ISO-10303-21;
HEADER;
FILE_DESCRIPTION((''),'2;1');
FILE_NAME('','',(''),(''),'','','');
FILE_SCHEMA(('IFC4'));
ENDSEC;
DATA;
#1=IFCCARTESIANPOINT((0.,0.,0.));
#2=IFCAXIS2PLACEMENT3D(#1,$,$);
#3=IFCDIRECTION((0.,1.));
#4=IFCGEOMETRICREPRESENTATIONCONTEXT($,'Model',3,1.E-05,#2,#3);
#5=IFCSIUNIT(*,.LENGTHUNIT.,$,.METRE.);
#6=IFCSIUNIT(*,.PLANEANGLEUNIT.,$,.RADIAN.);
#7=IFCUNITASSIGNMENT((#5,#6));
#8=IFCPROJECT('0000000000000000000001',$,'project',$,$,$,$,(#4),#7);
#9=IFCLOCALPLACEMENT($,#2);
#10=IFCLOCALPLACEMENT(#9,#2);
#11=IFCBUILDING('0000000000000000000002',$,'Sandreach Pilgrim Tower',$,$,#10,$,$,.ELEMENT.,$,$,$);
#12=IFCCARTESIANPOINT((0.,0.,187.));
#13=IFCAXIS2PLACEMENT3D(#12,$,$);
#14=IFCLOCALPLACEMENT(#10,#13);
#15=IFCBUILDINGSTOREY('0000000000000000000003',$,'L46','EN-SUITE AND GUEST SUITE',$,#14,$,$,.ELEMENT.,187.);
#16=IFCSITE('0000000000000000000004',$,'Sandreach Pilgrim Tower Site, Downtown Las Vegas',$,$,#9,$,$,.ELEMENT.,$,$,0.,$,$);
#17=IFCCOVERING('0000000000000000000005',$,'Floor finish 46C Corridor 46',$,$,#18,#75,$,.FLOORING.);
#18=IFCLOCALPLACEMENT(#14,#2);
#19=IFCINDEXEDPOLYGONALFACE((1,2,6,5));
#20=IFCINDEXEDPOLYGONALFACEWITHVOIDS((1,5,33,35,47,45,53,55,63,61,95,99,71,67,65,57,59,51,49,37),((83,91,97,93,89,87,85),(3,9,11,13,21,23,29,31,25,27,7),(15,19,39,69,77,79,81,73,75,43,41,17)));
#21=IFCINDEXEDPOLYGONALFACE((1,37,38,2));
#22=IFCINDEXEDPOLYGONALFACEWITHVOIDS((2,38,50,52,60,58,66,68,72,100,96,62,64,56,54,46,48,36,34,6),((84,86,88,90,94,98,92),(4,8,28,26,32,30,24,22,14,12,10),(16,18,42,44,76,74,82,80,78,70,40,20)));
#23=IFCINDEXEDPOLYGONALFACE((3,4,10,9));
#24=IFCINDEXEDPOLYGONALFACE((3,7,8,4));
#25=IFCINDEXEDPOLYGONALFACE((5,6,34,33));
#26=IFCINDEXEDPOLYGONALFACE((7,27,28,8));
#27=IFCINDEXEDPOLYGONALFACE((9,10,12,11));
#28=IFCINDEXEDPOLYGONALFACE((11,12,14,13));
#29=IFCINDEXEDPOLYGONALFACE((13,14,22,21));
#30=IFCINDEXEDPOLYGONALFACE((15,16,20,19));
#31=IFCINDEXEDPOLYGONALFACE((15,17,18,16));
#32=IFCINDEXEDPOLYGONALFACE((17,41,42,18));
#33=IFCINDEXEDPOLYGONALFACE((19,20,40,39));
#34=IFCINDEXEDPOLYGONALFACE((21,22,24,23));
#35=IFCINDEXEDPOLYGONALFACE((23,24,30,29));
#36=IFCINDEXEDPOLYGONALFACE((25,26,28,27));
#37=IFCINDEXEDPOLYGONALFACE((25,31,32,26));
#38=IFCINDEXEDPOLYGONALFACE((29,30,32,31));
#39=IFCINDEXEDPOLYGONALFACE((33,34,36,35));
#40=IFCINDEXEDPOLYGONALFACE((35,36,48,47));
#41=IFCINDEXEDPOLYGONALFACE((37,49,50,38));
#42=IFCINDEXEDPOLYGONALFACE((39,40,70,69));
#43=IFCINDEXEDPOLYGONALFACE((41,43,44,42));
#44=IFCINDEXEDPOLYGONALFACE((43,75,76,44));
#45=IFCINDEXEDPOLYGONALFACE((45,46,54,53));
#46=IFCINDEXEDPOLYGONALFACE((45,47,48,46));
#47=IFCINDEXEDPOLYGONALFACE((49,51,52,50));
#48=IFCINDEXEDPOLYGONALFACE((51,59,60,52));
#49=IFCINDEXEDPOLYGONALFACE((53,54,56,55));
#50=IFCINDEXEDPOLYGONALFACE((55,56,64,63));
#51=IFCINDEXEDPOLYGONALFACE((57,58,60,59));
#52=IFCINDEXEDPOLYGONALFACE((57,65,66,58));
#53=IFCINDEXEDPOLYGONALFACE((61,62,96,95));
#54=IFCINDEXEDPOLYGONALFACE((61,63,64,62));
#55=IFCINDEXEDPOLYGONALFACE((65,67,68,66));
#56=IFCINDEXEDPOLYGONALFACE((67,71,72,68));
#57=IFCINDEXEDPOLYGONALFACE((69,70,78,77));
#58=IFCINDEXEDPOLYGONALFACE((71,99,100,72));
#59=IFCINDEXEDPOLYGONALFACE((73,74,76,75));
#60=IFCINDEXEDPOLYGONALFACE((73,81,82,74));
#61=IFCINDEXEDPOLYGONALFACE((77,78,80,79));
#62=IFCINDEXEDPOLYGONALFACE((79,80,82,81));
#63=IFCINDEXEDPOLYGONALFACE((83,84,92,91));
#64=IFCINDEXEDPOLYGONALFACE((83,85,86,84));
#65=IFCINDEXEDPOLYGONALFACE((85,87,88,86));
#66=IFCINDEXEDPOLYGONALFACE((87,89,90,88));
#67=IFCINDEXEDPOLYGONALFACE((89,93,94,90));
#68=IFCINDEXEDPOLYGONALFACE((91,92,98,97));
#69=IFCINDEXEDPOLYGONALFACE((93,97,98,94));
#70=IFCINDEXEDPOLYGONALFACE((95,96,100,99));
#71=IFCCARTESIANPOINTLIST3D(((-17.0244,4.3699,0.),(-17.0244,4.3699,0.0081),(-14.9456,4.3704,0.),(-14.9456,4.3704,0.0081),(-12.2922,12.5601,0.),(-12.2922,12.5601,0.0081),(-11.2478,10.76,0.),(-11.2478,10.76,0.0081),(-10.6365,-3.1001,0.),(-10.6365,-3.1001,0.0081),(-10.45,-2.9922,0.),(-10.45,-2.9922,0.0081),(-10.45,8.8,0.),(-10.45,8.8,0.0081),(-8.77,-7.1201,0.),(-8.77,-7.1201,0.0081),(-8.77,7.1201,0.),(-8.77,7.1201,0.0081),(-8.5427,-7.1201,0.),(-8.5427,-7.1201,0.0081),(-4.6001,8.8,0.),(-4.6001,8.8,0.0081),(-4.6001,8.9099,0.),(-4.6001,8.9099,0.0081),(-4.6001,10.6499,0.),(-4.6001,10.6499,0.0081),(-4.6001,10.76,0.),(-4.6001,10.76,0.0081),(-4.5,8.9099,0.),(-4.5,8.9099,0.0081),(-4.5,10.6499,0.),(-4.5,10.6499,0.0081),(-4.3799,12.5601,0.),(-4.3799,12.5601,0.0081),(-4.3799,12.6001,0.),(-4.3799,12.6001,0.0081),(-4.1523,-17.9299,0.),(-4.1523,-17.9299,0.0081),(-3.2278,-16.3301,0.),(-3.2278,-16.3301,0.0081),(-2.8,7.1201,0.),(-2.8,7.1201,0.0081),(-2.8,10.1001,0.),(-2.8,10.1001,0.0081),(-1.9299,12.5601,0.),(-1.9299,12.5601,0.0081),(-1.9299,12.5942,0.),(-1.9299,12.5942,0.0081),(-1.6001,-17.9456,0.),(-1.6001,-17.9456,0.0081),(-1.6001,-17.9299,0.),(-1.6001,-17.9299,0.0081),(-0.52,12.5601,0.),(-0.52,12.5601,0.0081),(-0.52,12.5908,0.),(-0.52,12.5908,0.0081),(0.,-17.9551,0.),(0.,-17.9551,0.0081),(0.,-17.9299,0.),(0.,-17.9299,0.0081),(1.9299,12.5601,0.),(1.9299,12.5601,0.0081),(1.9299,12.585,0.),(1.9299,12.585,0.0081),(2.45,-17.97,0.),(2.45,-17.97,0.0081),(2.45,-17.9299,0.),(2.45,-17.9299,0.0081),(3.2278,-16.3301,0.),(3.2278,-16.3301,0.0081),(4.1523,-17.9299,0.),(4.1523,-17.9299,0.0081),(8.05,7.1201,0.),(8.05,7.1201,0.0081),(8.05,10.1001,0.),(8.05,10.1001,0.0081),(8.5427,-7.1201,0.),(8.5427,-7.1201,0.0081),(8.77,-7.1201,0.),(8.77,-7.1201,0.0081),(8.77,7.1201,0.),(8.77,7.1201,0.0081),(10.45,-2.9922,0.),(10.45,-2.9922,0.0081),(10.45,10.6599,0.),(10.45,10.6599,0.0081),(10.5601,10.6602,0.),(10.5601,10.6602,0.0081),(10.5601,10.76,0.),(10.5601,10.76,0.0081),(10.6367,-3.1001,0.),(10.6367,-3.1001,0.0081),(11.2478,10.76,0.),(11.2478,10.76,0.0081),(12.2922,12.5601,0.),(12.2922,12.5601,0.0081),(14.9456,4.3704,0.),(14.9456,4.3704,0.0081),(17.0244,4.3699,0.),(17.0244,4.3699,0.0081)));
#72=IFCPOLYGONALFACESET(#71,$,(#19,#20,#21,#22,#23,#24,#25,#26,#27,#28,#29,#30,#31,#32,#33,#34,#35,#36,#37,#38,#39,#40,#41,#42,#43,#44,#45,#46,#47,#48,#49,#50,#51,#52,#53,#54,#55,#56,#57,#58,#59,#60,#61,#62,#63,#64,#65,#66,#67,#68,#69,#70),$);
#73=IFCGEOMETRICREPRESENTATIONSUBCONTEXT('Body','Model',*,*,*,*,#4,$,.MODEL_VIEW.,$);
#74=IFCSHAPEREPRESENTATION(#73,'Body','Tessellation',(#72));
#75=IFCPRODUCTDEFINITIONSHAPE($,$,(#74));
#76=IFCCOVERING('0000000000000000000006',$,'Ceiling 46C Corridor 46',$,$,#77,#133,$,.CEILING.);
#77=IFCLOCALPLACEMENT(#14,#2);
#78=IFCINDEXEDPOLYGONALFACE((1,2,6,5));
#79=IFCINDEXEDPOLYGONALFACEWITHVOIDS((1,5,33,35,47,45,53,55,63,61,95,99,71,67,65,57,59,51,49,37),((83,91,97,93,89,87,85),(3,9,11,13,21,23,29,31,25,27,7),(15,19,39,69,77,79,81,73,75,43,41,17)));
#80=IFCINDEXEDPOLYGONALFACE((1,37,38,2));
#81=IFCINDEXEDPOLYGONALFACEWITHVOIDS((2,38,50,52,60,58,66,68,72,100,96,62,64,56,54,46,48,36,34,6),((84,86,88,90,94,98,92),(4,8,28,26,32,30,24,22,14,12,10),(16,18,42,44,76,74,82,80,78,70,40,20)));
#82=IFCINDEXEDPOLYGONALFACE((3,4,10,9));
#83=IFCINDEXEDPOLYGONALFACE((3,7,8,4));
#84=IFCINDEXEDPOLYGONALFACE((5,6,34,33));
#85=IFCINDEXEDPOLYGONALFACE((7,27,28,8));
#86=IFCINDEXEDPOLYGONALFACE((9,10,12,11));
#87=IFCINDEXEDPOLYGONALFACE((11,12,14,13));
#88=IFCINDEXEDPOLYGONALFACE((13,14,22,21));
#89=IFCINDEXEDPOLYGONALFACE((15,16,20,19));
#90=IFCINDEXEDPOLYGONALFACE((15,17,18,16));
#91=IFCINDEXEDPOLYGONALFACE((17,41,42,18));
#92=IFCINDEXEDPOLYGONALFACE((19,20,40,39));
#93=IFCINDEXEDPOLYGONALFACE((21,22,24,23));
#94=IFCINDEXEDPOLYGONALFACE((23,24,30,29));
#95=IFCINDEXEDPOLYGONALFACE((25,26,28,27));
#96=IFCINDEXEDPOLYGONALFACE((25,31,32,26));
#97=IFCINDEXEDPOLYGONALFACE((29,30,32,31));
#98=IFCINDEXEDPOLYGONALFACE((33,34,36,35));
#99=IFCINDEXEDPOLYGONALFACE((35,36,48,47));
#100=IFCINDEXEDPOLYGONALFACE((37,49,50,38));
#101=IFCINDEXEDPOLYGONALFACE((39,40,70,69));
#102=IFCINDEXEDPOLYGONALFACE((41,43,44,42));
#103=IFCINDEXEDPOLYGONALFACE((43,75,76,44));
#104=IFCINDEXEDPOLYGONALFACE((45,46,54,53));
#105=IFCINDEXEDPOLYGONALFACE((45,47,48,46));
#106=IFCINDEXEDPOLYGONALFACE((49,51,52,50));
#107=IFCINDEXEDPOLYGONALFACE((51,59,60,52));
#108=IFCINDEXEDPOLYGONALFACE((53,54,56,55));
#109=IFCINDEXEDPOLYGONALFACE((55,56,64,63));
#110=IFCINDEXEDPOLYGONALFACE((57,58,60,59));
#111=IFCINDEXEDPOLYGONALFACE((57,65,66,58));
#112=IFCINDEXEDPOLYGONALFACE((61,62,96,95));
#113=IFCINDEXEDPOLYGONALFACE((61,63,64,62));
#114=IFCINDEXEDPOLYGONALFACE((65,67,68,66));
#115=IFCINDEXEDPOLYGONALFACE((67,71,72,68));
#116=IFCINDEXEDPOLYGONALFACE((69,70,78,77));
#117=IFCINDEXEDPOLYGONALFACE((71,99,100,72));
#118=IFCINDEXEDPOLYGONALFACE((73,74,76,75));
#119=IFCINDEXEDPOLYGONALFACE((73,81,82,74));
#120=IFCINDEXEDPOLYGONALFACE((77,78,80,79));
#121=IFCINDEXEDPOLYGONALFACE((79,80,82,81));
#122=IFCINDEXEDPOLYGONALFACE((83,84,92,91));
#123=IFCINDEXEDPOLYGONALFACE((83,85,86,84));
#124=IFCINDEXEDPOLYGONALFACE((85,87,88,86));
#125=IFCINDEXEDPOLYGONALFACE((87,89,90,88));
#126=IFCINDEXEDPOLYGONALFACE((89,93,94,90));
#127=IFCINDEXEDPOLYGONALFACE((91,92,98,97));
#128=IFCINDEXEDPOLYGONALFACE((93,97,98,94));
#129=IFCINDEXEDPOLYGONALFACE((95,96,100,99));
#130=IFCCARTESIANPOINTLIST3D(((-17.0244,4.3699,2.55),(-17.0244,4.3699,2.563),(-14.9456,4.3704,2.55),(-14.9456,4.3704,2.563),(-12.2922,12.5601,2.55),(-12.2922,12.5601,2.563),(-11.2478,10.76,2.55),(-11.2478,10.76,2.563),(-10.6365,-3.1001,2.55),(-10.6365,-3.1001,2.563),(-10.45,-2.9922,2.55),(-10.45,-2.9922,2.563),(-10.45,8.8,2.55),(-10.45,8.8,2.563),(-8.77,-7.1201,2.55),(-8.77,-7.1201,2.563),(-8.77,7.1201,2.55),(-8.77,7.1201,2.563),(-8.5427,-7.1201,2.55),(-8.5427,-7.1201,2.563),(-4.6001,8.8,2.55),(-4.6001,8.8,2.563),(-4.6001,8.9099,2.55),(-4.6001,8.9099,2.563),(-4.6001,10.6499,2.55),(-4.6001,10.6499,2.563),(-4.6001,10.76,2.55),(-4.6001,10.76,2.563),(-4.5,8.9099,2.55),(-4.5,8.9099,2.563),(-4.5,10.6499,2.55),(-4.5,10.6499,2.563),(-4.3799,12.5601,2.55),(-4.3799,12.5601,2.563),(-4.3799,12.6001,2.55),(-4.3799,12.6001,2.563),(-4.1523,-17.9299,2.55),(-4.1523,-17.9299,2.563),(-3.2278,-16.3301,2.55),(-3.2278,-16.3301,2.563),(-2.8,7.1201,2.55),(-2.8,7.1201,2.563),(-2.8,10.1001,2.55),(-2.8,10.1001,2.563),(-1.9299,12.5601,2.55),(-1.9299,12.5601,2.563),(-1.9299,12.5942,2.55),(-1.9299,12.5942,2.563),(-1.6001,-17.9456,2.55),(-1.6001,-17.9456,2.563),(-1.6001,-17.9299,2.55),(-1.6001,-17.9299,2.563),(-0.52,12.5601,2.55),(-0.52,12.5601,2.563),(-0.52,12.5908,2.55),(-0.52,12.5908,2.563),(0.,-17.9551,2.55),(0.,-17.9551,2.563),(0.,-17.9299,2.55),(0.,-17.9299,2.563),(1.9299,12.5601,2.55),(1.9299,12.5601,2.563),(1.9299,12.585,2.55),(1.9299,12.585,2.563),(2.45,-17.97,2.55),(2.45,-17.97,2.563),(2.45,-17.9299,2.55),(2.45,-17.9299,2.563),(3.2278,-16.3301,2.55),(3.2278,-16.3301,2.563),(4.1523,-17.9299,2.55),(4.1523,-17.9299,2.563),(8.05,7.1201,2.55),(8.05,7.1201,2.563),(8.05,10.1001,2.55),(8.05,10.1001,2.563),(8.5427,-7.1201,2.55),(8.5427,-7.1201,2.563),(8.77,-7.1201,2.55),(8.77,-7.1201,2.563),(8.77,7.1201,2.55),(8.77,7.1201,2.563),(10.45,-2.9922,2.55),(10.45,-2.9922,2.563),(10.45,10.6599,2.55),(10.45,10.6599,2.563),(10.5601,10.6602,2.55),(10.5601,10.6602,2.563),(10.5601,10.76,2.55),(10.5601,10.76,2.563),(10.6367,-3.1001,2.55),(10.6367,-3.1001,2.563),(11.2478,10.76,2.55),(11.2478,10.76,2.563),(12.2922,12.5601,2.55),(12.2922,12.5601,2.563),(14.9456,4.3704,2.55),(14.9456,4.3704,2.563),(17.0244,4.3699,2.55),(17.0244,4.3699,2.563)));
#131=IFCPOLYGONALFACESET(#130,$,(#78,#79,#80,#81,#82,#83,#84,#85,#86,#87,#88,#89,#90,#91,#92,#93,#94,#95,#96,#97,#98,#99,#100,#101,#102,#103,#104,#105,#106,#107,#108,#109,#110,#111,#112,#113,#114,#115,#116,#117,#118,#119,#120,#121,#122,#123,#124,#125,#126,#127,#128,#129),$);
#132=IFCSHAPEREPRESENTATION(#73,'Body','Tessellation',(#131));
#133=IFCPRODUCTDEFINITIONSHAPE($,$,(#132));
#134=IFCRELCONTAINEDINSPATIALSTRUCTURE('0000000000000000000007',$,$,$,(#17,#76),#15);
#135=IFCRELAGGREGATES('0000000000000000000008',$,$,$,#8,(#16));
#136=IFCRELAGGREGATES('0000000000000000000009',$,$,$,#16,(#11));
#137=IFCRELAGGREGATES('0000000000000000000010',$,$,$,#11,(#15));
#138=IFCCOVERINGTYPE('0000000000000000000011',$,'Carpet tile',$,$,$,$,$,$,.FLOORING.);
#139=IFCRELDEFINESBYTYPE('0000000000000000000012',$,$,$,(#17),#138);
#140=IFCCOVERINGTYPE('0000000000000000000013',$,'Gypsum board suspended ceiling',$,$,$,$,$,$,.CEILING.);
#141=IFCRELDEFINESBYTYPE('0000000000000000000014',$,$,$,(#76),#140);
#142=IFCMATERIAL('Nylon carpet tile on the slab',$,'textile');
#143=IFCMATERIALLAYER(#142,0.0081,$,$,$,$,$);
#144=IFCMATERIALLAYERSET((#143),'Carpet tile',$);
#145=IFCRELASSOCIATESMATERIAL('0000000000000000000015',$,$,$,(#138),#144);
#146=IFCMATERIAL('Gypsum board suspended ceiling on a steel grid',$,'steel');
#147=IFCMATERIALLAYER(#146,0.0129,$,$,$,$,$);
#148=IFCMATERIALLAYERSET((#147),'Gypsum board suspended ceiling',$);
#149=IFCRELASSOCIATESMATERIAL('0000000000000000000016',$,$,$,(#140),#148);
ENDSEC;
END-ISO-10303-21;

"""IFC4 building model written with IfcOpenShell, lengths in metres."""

from ifc_helpers import new_model, si_unit, direction, frame, origin, place, context, subcontext, project, spatial, polyline, outline, extrude, material, layer, layer_set, type_object, element, save


model = new_model("IFC4")

# Units and contexts
model_context = context("Model", 3, precision=1e-05, world=origin(), true_north=direction((0.0, 1.0)))
body_context = subcontext(model_context, "Body", "Model", "MODEL_VIEW")
ifc_project = project(units=[si_unit("LENGTHUNIT", "METRE"), si_unit("PLANEANGLEUNIT", "RADIAN")], contexts=[model_context])

# Site, building, storey
site_placement = place(None, origin())
site = spatial("IfcSite", under=ifc_project, at=site_placement, Name="Sandreach Pilgrim Tower Site, Downtown Las Vegas", CompositionType="ELEMENT", RefElevation=0.0)
building_placement = place(site_placement, origin())
building = spatial("IfcBuilding", under=site, at=building_placement, Name="Sandreach Pilgrim Tower", CompositionType="ELEMENT")
storey_placement = place(building_placement, frame((0.0, 0.0, 187.0)))
storey = spatial("IfcBuildingStorey", under=building, at=storey_placement, Name="L46", Description="EN-SUITE AND GUEST SUITE", CompositionType="ELEMENT", Elevation=187.0)

# Coverings
ifc_material_1 = material(Name="Nylon carpet tile on the slab", Category="textile")
ifc_layer_1 = layer(ifc_material_1, 0.0081)
ifc_layer_set_1 = layer_set([ifc_layer_1], Name="Carpet tile")
covering_type_1 = type_object("IfcCoveringType", Name="Carpet tile", PredefinedType="FLOORING", material=ifc_layer_set_1)
covering_1_placement = place(storey_placement, origin())
element("IfcCovering", 1, at=covering_1_placement, inside=storey, type_object=covering_type_1, Name="Floor finish 46C Corridor 46", PredefinedType="FLOORING", context=body_context, shape_type="SweptSolid", body=[
    extrude(outline(polyline([(-17.0244, 4.3699), (-12.2922, 12.5601), (-4.3799, 12.5601), (-4.3799, 12.6001), (-1.9299, 12.5942), (-1.9299, 12.5601), (-0.52, 12.5601), (-0.52, 12.5908), (1.9299, 12.585), (1.9299, 12.5601), (12.2922, 12.5601), (17.0244, 4.3699), (4.1523, -17.9299), (2.45, -17.9299), (2.45, -17.97), (0.0, -17.9551), (0.0, -17.9299), (-1.6001, -17.9299), (-1.6001, -17.9456), (-4.1523, -17.9299), (-17.0244, 4.3699)]), holes=[polyline([(10.45, 10.6599), (10.45, -2.9922), (10.6367, -3.1001), (14.9456, 4.3704), (11.2478, 10.76), (10.5601, 10.76), (10.5601, 10.6602), (10.45, 10.6599)]), polyline([(-3.2278, -16.3301), (3.2278, -16.3301), (8.5427, -7.1201), (8.77, -7.1201), (8.77, 7.1201), (8.05, 7.1201), (8.05, 10.1001), (-2.8, 10.1001), (-2.8, 7.1201), (-8.77, 7.1201), (-8.77, -7.1201), (-8.5427, -7.1201), (-3.2278, -16.3301)]), polyline([(-14.9456, 4.3704), (-10.6365, -3.1001), (-10.45, -2.9922), (-10.45, 8.8), (-4.6001, 8.8), (-4.6001, 8.9099), (-4.5, 8.9099), (-4.5, 10.6499), (-4.6001, 10.6499), (-4.6001, 10.76), (-11.2478, 10.76), (-14.9456, 4.3704)])]), origin(), (0.0, 0.0, 1.0), 0.0081),
])
ifc_material_2 = material(Name="Gypsum board suspended ceiling on a steel grid", Category="steel")
ifc_layer_2 = layer(ifc_material_2, 0.0129)
ifc_layer_set_2 = layer_set([ifc_layer_2], Name="Gypsum board suspended ceiling")
covering_type_2 = type_object("IfcCoveringType", Name="Gypsum board suspended ceiling", PredefinedType="CEILING", material=ifc_layer_set_2)
covering_2_placement = place(storey_placement, frame((0.0, 0.0, 2.55)))
element("IfcCovering", 2, at=covering_2_placement, inside=storey, type_object=covering_type_2, Name="Ceiling 46C Corridor 46", PredefinedType="CEILING", context=body_context, shape_type="SweptSolid", body=[
    extrude(outline(polyline([(-17.0244, 4.3699), (-12.2922, 12.5601), (-4.3799, 12.5601), (-4.3799, 12.6001), (-1.9299, 12.5942), (-1.9299, 12.5601), (-0.52, 12.5601), (-0.52, 12.5908), (1.9299, 12.585), (1.9299, 12.5601), (12.2922, 12.5601), (17.0244, 4.3699), (4.1523, -17.9299), (2.45, -17.9299), (2.45, -17.97), (0.0, -17.9551), (0.0, -17.9299), (-1.6001, -17.9299), (-1.6001, -17.9456), (-4.1523, -17.9299), (-17.0244, 4.3699)]), holes=[polyline([(10.45, 10.6599), (10.45, -2.9922), (10.6367, -3.1001), (14.9456, 4.3704), (11.2478, 10.76), (10.5601, 10.76), (10.5601, 10.6602), (10.45, 10.6599)]), polyline([(-3.2278, -16.3301), (3.2278, -16.3301), (8.5427, -7.1201), (8.77, -7.1201), (8.77, 7.1201), (8.05, 7.1201), (8.05, 10.1001), (-2.8, 10.1001), (-2.8, 7.1201), (-8.77, 7.1201), (-8.77, -7.1201), (-8.5427, -7.1201), (-3.2278, -16.3301)]), polyline([(-14.9456, 4.3704), (-10.6365, -3.1001), (-10.45, -2.9922), (-10.45, 8.8), (-4.6001, 8.8), (-4.6001, 8.9099), (-4.5, 8.9099), (-4.5, 10.6499), (-4.6001, 10.6499), (-4.6001, 10.76), (-11.2478, 10.76), (-14.9456, 4.3704)])]), origin(), (0.0, 0.0, 1.0), 0.0129),
])

save(model, "model.ifc")
